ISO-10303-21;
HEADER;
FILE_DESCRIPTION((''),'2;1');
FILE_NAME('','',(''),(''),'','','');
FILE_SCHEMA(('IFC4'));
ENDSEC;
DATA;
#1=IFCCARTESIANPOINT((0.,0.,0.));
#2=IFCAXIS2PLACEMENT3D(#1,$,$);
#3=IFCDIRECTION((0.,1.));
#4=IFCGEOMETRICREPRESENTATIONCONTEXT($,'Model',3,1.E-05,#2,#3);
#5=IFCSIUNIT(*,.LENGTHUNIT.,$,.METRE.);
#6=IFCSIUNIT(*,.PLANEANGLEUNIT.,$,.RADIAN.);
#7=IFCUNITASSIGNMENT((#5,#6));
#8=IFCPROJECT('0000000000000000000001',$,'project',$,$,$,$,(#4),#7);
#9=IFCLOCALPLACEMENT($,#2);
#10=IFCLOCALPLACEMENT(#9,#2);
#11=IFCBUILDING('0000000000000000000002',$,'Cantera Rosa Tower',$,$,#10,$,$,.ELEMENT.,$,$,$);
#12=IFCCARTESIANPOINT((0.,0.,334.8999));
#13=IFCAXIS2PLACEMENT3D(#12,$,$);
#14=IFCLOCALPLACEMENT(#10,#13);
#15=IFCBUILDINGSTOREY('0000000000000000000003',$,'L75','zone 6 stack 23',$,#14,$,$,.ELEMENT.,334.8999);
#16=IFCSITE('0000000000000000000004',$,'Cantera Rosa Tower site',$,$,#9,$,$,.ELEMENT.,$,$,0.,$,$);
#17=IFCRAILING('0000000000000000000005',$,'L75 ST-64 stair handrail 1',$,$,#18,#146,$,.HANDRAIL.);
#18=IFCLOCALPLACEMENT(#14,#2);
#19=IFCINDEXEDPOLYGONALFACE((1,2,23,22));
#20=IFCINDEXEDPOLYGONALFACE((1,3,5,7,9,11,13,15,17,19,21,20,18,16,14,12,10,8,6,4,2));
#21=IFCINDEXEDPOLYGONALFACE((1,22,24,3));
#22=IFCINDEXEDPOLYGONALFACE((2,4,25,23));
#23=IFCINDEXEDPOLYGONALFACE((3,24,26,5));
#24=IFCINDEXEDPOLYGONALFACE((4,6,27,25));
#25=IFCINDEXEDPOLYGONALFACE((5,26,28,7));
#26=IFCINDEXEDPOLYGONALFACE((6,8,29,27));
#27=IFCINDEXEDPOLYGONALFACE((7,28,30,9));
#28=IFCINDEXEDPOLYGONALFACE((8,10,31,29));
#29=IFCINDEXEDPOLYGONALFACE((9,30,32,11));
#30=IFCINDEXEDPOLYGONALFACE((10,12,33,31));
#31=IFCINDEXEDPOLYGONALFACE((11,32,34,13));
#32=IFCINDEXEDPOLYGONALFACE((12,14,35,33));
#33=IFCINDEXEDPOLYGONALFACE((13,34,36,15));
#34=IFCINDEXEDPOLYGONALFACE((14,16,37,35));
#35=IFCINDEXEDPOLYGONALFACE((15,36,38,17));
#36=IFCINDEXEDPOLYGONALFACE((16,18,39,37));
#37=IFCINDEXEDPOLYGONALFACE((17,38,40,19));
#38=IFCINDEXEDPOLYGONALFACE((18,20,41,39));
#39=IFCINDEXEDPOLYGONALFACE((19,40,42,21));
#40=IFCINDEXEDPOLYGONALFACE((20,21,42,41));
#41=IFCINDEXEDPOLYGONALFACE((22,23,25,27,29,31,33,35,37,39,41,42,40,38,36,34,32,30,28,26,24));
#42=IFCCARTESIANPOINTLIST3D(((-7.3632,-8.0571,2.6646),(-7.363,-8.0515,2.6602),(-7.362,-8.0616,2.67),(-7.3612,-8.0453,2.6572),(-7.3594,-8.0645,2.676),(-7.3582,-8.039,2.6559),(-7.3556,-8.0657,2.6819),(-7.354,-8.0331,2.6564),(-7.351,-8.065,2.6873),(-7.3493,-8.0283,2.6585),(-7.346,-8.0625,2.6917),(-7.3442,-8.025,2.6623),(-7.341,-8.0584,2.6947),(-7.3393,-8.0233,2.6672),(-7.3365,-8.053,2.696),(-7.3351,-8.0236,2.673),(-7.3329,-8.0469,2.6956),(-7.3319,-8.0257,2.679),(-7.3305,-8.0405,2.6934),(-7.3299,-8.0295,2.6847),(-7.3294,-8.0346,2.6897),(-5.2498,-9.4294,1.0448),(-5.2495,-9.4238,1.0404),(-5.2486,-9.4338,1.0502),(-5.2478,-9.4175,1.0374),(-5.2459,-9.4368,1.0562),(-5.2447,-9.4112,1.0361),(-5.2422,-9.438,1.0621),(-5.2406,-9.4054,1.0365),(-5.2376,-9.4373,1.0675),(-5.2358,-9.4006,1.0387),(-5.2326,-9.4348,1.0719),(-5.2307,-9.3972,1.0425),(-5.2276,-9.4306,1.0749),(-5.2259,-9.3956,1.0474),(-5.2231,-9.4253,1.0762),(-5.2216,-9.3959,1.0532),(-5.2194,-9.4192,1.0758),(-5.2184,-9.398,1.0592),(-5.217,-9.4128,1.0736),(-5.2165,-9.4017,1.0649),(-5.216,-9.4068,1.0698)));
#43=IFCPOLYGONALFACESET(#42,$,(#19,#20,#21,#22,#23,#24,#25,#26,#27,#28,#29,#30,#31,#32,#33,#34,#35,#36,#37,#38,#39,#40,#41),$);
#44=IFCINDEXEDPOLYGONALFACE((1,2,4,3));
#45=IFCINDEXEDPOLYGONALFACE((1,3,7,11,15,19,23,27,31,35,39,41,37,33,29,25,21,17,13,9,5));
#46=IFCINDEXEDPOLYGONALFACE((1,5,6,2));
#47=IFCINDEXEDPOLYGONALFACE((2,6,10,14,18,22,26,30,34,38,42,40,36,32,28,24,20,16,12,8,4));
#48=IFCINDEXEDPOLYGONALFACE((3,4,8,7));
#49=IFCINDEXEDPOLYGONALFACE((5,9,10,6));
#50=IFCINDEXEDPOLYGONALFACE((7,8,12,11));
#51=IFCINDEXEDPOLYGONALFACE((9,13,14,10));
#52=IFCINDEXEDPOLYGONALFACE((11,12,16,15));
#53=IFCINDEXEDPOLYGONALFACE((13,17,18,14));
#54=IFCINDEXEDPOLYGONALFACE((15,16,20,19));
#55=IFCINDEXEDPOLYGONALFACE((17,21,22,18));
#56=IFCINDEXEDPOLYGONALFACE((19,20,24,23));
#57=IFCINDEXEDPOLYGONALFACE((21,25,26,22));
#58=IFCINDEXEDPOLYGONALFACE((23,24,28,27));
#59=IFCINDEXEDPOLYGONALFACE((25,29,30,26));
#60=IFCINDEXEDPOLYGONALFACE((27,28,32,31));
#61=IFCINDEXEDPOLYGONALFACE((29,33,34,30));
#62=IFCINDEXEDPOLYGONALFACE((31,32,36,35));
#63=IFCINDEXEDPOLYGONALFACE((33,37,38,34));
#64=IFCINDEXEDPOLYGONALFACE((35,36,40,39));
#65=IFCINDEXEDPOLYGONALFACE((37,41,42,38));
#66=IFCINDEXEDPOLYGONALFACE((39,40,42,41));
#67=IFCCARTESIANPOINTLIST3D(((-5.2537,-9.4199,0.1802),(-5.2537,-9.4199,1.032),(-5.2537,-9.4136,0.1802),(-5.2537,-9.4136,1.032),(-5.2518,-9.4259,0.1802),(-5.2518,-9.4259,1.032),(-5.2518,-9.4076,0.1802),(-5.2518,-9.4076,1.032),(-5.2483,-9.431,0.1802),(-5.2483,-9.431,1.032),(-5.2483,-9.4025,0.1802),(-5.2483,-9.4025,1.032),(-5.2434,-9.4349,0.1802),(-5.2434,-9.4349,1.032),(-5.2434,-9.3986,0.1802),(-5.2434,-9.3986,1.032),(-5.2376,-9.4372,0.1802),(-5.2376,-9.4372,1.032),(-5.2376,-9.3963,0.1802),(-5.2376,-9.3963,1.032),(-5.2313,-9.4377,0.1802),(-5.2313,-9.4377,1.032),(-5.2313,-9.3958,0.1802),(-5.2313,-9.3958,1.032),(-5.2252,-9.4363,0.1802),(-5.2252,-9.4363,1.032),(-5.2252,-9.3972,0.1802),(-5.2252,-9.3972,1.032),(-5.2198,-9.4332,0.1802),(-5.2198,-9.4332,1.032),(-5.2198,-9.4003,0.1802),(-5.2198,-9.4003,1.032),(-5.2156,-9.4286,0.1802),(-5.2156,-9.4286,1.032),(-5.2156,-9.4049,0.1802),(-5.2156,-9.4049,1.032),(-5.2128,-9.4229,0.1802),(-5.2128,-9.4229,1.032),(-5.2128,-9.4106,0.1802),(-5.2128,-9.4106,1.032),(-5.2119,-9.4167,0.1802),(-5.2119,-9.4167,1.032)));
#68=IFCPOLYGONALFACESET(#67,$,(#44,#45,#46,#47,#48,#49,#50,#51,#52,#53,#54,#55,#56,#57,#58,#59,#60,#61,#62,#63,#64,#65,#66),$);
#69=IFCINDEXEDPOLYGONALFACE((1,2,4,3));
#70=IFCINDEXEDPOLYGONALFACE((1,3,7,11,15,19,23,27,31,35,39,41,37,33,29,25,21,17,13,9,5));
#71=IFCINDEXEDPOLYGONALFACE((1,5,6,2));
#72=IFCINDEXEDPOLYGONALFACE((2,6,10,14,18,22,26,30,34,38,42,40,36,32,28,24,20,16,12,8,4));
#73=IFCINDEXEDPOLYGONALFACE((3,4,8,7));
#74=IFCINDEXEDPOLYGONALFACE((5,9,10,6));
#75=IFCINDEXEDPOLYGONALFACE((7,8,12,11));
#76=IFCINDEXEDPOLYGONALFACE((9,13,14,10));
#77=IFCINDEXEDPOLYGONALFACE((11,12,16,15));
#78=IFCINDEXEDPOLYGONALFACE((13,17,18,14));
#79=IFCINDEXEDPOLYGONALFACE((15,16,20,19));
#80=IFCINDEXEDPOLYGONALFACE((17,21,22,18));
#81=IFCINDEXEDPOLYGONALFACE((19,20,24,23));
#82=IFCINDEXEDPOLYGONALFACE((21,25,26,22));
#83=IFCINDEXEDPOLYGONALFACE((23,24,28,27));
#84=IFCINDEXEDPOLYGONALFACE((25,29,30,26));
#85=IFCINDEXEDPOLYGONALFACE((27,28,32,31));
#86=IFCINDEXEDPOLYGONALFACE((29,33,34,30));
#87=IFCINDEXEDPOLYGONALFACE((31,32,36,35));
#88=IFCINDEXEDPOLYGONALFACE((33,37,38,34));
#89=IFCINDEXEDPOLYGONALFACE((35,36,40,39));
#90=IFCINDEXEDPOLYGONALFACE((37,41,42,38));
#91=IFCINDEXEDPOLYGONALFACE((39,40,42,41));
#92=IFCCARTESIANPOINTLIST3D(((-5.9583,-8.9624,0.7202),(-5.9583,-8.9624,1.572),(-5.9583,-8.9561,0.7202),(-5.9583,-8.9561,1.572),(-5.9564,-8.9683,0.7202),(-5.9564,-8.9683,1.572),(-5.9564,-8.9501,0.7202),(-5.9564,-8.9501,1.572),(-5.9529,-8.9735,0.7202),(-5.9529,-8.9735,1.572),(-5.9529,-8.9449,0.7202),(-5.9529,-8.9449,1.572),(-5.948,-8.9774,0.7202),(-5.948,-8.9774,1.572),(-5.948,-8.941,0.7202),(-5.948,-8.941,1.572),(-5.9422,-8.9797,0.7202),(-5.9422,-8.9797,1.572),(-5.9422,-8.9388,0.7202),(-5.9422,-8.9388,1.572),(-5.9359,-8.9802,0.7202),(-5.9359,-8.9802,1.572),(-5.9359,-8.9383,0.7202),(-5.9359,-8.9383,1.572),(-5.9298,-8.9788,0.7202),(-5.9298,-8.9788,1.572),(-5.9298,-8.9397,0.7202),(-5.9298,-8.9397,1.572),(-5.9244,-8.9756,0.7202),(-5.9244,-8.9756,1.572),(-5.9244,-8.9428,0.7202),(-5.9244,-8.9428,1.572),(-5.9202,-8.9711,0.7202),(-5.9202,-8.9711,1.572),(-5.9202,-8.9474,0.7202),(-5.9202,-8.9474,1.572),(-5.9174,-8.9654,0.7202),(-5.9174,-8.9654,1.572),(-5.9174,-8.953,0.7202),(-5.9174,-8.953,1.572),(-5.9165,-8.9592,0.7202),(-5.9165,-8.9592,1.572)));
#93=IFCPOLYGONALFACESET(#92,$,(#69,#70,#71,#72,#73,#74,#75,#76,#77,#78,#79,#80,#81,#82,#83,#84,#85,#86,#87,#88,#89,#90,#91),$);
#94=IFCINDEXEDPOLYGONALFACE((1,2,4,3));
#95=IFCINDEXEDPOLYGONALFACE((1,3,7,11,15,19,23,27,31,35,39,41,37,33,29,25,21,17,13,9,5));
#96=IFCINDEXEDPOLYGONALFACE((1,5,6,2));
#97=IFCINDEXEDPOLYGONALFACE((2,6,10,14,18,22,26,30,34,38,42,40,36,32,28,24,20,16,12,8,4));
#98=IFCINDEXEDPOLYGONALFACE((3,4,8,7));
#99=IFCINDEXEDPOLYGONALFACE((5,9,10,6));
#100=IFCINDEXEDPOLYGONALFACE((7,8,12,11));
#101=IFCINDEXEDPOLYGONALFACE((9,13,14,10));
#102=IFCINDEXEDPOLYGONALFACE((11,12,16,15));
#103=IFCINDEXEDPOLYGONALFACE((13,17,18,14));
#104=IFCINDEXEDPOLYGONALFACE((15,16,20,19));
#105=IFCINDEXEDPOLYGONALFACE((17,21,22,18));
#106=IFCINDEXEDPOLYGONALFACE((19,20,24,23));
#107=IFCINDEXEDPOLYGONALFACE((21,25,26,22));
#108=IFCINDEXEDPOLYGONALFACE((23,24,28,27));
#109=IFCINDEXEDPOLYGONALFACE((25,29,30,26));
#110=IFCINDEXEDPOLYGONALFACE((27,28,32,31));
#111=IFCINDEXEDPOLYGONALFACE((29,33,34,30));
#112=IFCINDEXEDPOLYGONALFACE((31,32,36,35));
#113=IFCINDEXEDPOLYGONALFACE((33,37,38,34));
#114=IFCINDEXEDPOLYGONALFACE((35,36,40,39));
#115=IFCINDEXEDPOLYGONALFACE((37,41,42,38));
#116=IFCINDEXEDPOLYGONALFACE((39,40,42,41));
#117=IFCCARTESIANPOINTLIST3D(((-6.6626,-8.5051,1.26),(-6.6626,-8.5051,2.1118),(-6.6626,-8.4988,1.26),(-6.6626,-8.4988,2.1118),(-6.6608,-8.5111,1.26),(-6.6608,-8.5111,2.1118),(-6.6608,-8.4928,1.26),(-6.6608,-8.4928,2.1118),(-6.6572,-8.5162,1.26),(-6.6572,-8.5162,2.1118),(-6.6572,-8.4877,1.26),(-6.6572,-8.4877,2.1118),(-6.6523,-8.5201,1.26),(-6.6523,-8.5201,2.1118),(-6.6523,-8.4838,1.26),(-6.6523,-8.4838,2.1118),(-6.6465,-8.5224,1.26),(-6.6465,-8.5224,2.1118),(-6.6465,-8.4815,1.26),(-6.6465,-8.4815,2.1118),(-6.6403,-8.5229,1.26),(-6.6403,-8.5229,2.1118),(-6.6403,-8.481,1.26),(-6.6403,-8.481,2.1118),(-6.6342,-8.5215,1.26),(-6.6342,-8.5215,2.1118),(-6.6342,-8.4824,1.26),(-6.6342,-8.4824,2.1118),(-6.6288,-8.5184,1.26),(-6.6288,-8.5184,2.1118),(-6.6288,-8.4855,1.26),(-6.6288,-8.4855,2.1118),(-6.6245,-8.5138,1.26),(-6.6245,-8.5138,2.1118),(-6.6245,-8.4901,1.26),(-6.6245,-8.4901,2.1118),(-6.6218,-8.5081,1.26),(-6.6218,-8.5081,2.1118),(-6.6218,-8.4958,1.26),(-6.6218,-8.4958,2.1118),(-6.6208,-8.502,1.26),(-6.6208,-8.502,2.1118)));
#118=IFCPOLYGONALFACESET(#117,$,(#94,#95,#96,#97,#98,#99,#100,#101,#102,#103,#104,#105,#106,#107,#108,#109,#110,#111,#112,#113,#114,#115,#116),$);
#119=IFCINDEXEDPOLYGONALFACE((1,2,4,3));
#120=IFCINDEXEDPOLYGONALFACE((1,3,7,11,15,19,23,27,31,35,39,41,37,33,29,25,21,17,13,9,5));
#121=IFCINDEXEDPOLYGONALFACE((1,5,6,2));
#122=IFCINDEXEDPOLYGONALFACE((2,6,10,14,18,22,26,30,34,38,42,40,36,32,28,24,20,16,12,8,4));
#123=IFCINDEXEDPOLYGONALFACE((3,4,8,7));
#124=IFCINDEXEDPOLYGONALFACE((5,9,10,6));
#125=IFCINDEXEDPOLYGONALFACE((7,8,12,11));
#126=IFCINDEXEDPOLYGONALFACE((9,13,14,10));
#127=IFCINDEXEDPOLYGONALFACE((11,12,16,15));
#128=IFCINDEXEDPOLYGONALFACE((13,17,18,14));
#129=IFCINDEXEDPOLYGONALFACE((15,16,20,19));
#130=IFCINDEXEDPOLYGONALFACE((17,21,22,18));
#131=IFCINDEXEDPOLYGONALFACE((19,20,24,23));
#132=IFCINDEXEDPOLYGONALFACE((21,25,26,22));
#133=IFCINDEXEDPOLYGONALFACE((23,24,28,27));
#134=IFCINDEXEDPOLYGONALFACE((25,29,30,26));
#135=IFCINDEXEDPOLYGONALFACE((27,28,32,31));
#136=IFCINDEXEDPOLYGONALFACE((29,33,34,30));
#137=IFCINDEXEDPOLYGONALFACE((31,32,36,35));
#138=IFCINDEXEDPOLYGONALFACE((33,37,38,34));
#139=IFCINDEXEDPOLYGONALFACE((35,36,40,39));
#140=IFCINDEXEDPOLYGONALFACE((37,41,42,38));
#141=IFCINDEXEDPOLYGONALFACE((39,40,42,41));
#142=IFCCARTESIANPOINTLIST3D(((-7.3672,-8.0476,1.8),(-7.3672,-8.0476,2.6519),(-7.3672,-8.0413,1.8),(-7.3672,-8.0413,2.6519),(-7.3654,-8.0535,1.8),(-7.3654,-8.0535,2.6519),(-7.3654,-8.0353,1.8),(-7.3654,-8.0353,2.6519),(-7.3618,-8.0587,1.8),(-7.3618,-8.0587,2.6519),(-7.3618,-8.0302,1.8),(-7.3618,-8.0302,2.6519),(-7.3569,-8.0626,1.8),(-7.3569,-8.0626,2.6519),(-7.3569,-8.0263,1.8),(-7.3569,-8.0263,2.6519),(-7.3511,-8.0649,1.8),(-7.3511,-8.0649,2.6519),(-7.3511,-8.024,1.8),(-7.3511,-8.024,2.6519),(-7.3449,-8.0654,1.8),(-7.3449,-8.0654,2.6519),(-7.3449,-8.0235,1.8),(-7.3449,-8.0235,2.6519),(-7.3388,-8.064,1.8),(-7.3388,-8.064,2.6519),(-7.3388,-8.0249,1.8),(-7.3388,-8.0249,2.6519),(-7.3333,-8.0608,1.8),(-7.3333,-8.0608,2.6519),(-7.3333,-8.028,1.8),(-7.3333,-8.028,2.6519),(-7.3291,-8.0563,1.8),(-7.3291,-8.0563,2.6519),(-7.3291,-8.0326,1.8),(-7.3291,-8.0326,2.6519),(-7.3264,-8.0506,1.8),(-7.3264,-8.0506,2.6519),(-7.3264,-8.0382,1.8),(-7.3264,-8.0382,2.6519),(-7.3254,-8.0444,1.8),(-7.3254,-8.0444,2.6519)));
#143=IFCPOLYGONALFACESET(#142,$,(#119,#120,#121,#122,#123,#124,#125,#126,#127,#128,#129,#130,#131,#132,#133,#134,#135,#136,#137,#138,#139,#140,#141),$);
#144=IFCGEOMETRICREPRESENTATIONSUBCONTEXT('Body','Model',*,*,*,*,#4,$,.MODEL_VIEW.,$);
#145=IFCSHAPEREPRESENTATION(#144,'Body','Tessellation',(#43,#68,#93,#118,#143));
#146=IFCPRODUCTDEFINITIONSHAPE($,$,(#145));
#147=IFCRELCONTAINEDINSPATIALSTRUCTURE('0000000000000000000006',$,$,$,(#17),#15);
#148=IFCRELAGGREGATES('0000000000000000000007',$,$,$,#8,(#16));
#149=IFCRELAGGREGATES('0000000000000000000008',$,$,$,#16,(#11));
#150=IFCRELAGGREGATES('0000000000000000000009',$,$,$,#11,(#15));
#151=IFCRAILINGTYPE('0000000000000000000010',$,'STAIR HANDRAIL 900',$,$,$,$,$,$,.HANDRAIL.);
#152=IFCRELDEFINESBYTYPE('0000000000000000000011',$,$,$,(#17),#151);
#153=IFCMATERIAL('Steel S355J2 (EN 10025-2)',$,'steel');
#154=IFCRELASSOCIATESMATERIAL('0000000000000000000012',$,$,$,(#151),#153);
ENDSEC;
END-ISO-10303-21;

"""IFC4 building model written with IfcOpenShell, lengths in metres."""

from ifc_helpers import new_model, si_unit, direction, frame, origin, origin_2d, place, context, subcontext, project, spatial, circle, extrude, material, type_object, element, save


model = new_model("IFC4")

# Units and contexts
model_context = context("Model", 3, precision=1e-05, world=origin(), true_north=direction((0.0, 1.0)))
body_context = subcontext(model_context, "Body", "Model", "MODEL_VIEW")
ifc_project = project(units=[si_unit("LENGTHUNIT", "METRE"), si_unit("PLANEANGLEUNIT", "RADIAN")], contexts=[model_context])

# Site, building, storey
site_placement = place(None, origin())
site = spatial("IfcSite", under=ifc_project, at=site_placement, Name="Cantera Rosa Tower site", CompositionType="ELEMENT", RefElevation=0.0)
building_placement = place(site_placement, origin())
building = spatial("IfcBuilding", under=site, at=building_placement, Name="Cantera Rosa Tower", CompositionType="ELEMENT")
storey_placement = place(building_placement, frame((0.0, 0.0, 334.8999)))
storey = spatial("IfcBuildingStorey", under=building, at=storey_placement, Name="L75", Description="zone 6 stack 23", CompositionType="ELEMENT", Elevation=334.8999)

# Railing
ifc_material_1 = material(Name="Steel S355J2 (EN 10025-2)", Category="steel")
railing_type_1 = type_object("IfcRailingType", Name="STAIR HANDRAIL 900", PredefinedType="HANDRAIL", material=ifc_material_1)
railing_1_placement = place(storey_placement, frame((-5.2329, -9.4167, 0.1802)))
element("IfcRailing", 1, at=railing_1_placement, inside=storey, type_object=railing_type_1, Name="L75 ST-64 stair handrail 1", PredefinedType="HANDRAIL", context=body_context, shape_type="SweptSolid", body=[
    extrude(circle(Radius=0.0239, at=origin_2d()), frame((0.0, 0.0, 0.876), z_axis=(-0.705519, 0.458095, 0.540733), x_axis=(-0.544576, -0.838711, 0.0)), (0.0, 0.0, 1.0), 2.9956),
    extrude(circle(Radius=0.021, at=origin_2d()), origin(), (0.0, 0.0, 1.0), 0.8518),
    extrude(circle(Radius=0.021, at=origin_2d()), frame((-0.7046, 0.4575, 0.54)), (0.0, 0.0, 1.0), 0.8518),
    extrude(circle(Radius=0.021, at=origin_2d()), frame((-1.4089, 0.9148, 1.0798)), (0.0, 0.0, 1.0), 0.8518),
    extrude(circle(Radius=0.021, at=origin_2d()), frame((-2.1135, 1.3723, 1.6199)), (0.0, 0.0, 1.0), 0.8518),
])

save(model, "model.ifc")
